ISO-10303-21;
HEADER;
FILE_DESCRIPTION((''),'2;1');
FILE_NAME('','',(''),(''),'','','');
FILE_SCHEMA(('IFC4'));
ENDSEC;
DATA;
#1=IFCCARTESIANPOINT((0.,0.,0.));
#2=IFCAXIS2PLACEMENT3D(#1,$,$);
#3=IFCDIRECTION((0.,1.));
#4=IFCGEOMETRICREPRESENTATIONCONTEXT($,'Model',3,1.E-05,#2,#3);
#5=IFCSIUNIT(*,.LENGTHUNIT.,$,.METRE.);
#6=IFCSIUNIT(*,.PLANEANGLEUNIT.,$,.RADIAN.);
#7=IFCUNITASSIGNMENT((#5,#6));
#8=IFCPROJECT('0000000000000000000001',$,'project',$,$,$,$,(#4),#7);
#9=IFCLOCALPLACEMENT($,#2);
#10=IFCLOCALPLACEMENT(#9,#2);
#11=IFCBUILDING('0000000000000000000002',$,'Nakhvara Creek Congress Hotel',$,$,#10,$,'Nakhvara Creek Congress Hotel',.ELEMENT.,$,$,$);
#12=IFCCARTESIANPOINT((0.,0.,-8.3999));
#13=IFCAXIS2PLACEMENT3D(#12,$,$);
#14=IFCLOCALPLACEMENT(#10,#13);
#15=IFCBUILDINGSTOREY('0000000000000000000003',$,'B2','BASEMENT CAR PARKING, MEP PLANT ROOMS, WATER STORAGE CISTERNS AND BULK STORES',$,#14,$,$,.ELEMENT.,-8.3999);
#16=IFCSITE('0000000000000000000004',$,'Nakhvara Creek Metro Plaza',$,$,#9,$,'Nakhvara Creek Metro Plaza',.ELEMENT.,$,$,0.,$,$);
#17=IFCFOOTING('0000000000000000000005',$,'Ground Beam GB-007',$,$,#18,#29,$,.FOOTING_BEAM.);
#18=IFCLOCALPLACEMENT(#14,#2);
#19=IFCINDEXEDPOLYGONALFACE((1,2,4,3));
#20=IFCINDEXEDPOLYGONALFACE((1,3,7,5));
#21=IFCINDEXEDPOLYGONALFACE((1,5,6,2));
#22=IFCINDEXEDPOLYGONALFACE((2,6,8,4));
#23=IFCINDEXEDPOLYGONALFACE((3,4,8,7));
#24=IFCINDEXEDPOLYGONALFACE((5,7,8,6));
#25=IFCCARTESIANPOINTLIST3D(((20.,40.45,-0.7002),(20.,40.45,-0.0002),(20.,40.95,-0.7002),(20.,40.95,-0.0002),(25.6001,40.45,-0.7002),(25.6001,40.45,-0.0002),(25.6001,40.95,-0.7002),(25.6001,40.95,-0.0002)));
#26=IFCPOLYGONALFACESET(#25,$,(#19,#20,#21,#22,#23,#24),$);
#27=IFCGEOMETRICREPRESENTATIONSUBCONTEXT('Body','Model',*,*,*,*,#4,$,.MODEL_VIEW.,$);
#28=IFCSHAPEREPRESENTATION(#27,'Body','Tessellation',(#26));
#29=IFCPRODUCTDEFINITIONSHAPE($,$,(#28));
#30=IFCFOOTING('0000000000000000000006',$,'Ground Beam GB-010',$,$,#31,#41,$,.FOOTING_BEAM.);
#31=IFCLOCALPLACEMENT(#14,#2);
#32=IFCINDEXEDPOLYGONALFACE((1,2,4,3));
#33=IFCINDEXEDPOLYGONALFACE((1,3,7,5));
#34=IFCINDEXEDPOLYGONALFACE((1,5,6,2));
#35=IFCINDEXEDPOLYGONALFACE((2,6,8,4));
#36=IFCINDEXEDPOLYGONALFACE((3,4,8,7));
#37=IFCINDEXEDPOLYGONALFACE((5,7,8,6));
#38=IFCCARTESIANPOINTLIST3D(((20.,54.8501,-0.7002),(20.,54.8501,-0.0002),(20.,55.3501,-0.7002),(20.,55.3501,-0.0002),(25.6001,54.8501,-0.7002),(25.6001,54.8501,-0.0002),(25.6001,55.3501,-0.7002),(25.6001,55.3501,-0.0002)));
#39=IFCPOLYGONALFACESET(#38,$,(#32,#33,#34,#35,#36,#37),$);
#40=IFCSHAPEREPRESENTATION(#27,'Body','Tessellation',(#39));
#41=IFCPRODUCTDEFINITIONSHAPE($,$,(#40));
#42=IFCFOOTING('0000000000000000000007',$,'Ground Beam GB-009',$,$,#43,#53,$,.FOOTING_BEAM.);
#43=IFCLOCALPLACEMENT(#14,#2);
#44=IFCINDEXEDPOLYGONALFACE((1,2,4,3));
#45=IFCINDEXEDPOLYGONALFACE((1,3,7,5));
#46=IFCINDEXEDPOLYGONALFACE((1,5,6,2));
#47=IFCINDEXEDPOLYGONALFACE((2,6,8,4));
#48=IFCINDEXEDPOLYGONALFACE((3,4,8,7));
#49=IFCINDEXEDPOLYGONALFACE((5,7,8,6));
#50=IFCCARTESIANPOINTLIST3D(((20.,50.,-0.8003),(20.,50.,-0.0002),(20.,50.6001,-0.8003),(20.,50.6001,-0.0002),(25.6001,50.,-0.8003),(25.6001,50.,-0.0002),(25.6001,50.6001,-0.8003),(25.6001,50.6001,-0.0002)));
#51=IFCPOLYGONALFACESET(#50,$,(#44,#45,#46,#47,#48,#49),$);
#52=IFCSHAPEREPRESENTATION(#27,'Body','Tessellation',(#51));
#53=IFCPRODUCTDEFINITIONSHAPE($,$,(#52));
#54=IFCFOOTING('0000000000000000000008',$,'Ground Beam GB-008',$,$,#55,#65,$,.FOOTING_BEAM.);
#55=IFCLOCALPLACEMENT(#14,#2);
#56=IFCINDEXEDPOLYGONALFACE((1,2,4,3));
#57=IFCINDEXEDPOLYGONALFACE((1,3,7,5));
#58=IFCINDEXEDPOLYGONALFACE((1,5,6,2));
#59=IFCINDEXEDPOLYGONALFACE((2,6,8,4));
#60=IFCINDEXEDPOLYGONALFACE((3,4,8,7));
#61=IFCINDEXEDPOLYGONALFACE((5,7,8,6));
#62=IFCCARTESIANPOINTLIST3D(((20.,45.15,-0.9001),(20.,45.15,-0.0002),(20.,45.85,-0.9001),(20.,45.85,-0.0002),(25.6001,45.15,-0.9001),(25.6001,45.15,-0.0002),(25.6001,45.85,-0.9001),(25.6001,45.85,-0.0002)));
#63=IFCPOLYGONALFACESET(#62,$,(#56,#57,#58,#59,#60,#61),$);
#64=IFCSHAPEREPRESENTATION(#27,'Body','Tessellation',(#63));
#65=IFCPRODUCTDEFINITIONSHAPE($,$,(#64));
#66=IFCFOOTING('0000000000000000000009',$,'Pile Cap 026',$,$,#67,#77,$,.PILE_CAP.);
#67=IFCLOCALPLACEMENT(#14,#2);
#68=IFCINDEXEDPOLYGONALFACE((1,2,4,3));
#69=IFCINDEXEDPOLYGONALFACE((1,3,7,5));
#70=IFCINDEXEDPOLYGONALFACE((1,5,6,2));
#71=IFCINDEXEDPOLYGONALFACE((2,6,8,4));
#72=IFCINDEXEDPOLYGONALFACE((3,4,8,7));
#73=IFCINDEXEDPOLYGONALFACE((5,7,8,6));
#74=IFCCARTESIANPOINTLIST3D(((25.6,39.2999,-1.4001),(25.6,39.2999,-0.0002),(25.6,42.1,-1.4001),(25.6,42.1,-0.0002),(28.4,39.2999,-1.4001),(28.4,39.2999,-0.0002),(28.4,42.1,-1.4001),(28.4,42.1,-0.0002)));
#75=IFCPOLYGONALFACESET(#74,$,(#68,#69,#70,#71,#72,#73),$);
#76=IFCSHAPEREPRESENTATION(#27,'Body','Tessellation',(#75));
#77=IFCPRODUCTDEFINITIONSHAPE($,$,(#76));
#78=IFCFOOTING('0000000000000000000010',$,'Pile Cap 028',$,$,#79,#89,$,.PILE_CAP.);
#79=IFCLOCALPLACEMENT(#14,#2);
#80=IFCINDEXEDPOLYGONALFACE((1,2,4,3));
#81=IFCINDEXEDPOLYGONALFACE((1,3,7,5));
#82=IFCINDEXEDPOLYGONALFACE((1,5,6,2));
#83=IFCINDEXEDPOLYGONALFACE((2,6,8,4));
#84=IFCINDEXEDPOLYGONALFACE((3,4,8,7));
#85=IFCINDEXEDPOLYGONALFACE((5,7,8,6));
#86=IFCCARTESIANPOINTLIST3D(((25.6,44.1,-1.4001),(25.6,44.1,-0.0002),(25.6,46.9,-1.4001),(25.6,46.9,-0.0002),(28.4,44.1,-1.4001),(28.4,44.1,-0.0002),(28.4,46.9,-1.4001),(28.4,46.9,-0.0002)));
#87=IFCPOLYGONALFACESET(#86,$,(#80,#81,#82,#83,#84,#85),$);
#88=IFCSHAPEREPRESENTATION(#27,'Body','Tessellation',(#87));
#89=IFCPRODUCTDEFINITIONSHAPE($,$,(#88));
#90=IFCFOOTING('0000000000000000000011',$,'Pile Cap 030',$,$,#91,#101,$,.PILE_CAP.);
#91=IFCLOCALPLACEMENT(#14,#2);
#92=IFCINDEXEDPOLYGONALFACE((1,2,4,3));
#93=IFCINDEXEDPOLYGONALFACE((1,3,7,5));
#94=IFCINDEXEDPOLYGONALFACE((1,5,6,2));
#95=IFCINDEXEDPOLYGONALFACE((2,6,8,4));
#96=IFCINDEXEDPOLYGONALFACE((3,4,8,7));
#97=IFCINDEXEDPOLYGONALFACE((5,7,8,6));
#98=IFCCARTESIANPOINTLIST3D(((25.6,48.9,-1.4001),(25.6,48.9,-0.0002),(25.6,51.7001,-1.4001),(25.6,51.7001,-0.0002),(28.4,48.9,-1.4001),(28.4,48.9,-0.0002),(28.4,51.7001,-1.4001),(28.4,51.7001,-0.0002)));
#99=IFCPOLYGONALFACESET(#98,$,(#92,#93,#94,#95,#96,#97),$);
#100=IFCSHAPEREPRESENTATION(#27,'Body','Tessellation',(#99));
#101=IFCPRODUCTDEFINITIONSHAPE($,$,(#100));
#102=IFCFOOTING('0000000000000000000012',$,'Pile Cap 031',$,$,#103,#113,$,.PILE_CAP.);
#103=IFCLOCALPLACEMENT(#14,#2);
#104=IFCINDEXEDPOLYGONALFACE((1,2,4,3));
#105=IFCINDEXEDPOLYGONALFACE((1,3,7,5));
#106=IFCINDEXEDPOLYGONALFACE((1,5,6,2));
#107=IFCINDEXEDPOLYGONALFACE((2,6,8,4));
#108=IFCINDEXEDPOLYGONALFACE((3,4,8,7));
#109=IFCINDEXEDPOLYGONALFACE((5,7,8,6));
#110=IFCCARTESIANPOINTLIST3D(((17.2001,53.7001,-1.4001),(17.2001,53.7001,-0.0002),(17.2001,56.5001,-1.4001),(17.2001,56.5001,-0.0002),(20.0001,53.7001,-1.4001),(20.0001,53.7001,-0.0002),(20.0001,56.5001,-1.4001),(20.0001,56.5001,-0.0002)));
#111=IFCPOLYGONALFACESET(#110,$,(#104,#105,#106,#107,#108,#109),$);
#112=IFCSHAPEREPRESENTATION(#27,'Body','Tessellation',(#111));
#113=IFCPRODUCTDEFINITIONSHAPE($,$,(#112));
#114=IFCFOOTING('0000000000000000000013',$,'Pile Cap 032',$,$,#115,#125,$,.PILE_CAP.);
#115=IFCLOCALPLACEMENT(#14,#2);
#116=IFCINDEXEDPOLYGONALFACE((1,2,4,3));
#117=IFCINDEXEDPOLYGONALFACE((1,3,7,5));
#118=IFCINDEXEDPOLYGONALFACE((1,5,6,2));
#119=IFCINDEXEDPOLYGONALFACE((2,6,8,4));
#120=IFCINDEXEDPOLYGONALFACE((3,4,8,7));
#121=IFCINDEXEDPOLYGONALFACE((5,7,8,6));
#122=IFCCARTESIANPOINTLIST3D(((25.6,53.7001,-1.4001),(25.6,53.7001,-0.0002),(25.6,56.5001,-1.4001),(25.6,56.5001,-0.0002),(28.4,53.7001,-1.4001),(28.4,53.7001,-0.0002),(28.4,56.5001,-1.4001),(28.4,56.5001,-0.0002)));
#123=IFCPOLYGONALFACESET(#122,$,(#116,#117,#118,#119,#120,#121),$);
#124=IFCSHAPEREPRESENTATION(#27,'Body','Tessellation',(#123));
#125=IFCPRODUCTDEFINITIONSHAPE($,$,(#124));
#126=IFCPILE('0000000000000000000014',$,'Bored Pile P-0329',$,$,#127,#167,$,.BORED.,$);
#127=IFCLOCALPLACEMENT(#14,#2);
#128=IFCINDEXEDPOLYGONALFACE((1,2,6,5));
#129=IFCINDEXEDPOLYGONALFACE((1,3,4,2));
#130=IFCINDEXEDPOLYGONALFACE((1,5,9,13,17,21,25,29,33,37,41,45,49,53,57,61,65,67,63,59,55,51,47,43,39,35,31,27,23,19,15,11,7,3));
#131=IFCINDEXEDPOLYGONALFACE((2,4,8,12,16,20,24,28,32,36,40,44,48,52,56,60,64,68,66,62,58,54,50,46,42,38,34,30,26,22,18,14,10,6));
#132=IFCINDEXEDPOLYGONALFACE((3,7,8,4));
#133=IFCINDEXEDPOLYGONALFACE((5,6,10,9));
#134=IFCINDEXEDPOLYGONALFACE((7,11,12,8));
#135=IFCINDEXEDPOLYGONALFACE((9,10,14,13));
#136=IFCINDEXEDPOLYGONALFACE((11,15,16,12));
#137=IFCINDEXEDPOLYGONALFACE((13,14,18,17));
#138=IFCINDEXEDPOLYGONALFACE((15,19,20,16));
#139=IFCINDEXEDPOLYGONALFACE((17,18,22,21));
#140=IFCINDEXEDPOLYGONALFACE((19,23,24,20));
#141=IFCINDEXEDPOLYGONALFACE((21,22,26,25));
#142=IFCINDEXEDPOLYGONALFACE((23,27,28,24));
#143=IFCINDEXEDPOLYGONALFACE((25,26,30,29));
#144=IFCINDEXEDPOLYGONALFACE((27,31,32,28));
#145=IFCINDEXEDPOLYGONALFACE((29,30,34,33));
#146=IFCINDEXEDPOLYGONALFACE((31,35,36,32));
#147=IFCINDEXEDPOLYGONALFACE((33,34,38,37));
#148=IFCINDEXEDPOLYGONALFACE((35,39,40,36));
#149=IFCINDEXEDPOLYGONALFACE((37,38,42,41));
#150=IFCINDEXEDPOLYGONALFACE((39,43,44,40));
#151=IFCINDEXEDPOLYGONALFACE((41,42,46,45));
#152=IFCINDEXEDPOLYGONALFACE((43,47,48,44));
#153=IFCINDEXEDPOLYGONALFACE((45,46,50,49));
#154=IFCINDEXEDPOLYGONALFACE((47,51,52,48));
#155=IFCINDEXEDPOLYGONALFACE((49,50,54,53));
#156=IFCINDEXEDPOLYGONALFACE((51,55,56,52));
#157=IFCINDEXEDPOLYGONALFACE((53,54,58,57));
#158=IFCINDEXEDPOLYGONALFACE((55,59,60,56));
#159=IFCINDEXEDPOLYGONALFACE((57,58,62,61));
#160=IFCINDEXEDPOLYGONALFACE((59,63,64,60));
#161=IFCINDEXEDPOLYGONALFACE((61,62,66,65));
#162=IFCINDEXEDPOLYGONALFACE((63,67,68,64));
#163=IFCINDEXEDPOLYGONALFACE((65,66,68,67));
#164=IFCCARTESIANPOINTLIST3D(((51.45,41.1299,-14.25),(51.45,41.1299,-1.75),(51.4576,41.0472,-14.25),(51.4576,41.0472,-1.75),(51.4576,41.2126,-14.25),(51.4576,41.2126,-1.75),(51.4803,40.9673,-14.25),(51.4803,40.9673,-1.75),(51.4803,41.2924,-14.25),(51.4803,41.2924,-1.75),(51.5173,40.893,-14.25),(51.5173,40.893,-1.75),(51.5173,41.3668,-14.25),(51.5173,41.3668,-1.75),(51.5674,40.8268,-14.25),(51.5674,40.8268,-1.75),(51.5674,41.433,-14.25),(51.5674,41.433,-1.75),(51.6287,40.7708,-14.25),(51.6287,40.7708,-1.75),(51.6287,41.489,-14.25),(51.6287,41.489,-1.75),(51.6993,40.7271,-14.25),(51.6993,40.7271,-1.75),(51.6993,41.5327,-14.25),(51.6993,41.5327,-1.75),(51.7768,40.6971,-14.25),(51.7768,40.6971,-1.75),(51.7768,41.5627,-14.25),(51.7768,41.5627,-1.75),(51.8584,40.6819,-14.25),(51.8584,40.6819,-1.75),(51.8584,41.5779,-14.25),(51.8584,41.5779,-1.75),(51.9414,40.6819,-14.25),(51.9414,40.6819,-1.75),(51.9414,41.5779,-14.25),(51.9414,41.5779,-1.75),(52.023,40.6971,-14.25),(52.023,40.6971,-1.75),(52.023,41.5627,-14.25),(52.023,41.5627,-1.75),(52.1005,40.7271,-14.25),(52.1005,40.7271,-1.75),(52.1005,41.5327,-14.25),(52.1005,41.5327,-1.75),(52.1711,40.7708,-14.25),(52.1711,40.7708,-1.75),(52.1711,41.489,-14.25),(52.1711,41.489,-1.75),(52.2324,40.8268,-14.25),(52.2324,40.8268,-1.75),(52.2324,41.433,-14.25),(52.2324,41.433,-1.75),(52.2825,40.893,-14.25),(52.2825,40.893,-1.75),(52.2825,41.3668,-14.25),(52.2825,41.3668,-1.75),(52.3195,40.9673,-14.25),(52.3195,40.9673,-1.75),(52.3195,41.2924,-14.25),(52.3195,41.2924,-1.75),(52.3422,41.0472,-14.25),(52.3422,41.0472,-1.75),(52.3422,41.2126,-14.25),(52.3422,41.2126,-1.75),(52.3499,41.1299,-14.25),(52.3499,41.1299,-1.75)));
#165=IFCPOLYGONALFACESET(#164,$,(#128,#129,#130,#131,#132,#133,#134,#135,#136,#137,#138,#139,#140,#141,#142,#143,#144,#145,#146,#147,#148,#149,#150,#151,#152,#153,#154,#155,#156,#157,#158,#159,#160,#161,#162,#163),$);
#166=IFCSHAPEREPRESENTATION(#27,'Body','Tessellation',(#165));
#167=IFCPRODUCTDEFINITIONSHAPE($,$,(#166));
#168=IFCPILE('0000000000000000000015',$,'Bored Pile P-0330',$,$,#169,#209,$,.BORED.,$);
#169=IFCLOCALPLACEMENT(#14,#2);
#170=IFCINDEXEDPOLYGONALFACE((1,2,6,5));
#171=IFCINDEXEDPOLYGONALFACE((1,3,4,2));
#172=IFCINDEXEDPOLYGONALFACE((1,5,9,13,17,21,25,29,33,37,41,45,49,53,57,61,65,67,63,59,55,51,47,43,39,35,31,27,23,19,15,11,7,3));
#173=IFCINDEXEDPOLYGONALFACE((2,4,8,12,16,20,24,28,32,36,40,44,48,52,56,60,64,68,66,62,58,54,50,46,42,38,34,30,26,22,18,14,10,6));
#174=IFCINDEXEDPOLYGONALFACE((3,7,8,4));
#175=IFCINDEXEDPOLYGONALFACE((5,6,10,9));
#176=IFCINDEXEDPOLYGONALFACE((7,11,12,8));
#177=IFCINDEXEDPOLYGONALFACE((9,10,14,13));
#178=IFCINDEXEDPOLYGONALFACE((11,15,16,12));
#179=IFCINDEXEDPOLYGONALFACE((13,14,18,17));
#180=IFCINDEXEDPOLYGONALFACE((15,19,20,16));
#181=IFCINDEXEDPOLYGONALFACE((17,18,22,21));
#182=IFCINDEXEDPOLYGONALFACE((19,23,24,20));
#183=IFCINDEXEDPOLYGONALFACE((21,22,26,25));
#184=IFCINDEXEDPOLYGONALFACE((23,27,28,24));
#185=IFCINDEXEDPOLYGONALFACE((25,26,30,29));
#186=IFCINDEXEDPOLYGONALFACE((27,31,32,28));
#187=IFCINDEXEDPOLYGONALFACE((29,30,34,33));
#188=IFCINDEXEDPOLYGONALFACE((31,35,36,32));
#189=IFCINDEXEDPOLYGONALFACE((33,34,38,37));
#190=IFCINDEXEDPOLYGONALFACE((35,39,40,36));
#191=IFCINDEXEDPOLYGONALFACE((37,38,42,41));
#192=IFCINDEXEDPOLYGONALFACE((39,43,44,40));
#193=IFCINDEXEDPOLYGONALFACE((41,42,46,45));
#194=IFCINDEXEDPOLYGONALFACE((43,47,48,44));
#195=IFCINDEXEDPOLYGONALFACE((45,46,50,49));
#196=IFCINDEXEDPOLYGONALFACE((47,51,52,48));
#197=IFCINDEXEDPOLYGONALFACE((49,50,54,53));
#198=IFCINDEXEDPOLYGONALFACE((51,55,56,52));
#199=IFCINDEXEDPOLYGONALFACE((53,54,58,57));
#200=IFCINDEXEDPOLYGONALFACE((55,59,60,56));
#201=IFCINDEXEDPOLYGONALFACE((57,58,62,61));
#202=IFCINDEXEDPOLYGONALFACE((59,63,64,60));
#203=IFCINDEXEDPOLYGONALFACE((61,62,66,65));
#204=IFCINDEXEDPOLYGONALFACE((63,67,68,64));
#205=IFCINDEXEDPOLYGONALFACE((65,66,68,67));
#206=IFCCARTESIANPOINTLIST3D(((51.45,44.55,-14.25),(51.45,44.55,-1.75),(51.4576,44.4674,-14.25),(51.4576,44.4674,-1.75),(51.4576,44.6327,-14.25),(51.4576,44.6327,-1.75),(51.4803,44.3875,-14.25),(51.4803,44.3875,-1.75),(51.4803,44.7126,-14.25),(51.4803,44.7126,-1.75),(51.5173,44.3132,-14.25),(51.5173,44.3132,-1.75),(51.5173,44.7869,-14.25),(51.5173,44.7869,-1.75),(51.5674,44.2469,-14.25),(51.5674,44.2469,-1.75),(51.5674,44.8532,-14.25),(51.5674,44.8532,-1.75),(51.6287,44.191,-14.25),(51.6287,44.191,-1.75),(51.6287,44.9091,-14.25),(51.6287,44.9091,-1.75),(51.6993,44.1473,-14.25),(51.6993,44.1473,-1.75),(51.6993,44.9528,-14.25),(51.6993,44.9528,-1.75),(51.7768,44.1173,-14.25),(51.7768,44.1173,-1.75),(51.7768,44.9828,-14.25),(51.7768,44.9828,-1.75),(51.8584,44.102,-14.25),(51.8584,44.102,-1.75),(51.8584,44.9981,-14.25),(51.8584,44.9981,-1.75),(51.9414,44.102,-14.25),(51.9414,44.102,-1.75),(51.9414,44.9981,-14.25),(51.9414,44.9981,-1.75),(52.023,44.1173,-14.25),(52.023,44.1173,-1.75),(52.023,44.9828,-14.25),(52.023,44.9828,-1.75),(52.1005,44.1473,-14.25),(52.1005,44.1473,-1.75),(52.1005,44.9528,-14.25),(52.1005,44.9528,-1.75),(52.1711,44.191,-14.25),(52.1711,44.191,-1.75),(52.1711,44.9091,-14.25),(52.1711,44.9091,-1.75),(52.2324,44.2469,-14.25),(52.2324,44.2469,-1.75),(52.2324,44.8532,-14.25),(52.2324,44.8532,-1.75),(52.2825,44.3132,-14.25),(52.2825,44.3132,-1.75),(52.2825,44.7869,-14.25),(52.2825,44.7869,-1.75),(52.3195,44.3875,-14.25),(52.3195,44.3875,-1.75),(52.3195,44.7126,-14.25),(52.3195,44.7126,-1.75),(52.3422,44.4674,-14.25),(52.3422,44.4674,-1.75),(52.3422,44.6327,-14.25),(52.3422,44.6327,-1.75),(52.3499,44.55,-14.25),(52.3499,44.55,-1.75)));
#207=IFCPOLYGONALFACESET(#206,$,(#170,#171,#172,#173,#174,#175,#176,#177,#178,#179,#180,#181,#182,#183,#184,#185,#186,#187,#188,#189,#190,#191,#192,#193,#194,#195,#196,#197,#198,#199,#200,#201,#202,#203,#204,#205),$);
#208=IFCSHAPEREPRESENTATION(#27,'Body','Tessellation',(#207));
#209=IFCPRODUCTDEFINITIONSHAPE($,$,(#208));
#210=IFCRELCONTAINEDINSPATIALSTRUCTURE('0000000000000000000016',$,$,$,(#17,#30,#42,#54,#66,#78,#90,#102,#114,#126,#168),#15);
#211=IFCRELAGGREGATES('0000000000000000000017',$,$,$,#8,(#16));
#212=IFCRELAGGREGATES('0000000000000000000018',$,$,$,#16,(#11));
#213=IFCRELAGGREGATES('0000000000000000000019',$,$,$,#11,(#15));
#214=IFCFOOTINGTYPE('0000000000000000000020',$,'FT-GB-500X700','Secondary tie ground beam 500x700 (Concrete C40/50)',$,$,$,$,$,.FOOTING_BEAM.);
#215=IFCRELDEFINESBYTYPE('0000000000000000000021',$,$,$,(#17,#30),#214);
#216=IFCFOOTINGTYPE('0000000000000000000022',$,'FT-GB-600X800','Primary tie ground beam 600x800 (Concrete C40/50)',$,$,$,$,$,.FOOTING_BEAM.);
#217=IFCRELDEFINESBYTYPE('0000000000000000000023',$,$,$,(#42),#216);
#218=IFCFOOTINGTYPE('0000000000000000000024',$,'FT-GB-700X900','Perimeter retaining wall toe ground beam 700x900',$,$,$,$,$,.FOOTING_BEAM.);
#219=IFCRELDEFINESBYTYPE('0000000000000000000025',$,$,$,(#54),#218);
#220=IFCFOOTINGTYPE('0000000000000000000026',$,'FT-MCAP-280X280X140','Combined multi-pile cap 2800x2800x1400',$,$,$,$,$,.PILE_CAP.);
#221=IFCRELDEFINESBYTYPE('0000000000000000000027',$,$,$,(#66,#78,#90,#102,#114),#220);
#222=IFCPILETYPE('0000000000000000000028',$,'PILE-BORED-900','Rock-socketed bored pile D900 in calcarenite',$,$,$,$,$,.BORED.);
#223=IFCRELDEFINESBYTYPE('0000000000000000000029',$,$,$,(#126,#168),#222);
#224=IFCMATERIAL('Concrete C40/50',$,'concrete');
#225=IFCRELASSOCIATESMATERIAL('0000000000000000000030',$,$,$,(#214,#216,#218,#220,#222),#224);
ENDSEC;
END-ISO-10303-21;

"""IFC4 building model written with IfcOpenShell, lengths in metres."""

from ifc_helpers import new_model, si_unit, direction, frame, origin, origin_2d, place, context, subcontext, project, spatial, rectangle, circle, extrude, material, material_profile, profile_set, type_object, element, save


model = new_model("IFC4")

# Units and contexts
model_context = context("Model", 3, precision=1e-05, world=origin(), true_north=direction((0.0, 1.0)))
body_context = subcontext(model_context, "Body", "Model", "MODEL_VIEW")
ifc_project = project(units=[si_unit("LENGTHUNIT", "METRE"), si_unit("PLANEANGLEUNIT", "RADIAN")], contexts=[model_context])

# Site, building, storey
site_placement = place(None, origin())
site = spatial("IfcSite", under=ifc_project, at=site_placement, Name="Nakhvara Creek Metro Plaza", LongName="Nakhvara Creek Metro Plaza", CompositionType="ELEMENT", RefElevation=0.0)
building_placement = place(site_placement, origin())
building = spatial("IfcBuilding", under=site, at=building_placement, Name="Nakhvara Creek Congress Hotel", LongName="Nakhvara Creek Congress Hotel", CompositionType="ELEMENT")
storey_placement = place(building_placement, frame((0.0, 0.0, -8.3999)))
storey = spatial("IfcBuildingStorey", under=building, at=storey_placement, Name="B2", Description="BASEMENT CAR PARKING, MEP PLANT ROOMS, WATER STORAGE CISTERNS AND BULK STORES", CompositionType="ELEMENT", Elevation=-8.3999)

# Footings
ifc_material_1 = material(Name="Concrete C40/50", Category="concrete")
footing_type_1 = type_object("IfcFootingType", Name="FT-GB-500X700", Description="Secondary tie ground beam 500x700 (Concrete C40/50)", PredefinedType="FOOTING_BEAM", material=ifc_material_1)
for number, where, z_axis, x_axis, name in (
    (1, (22.8, 40.7, -0.7002), (0.0, 0.0, 1.0), (1.0, 0.0, 0.0), "Ground Beam GB-007"),
    (2, (22.8, 55.1001, -0.7002), (0.0, 0.0, 1.0), (1.0, 0.0, 0.0), "Ground Beam GB-010"),
):
    element("IfcFooting", number, at=place(storey_placement, frame(where, z_axis=z_axis, x_axis=x_axis)), inside=storey, type_object=footing_type_1, Name=name, PredefinedType="FOOTING_BEAM", context=body_context, shape_type="SweptSolid", body=[
        extrude(rectangle(XDim=5.6001, YDim=0.5, at=origin_2d()), origin(), (0.0, 0.0, 1.0), 0.7),
    ])
footing_type_2 = type_object("IfcFootingType", Name="FT-GB-600X800", Description="Primary tie ground beam 600x800 (Concrete C40/50)", PredefinedType="FOOTING_BEAM", material=ifc_material_1)
footing_1_placement = place(storey_placement, frame((22.8, 50.3, -0.8003), z_axis=(0.0, 0.0, 1.0), x_axis=(1.0, 0.0, 0.0)))
element("IfcFooting", 3, at=footing_1_placement, inside=storey, type_object=footing_type_2, Name="Ground Beam GB-009", PredefinedType="FOOTING_BEAM", context=body_context, shape_type="SweptSolid", body=[
    extrude(rectangle(XDim=5.6001, YDim=0.6001, at=origin_2d()), origin(), (0.0, 0.0, 1.0), 0.8),
])
footing_type_3 = type_object("IfcFootingType", Name="FT-GB-700X900", Description="Perimeter retaining wall toe ground beam 700x900", PredefinedType="FOOTING_BEAM", material=ifc_material_1)
footing_2_placement = place(storey_placement, frame((22.8, 45.5, -0.9001), z_axis=(0.0, 0.0, 1.0), x_axis=(1.0, 0.0, 0.0)))
element("IfcFooting", 4, at=footing_2_placement, inside=storey, type_object=footing_type_3, Name="Ground Beam GB-008", PredefinedType="FOOTING_BEAM", context=body_context, shape_type="SweptSolid", body=[
    extrude(rectangle(XDim=5.6001, YDim=0.7, at=origin_2d()), origin(), (0.0, 0.0, 1.0), 0.8999),
])
footing_type_4 = type_object("IfcFootingType", Name="FT-MCAP-280X280X140", Description="Combined multi-pile cap 2800x2800x1400", PredefinedType="PILE_CAP", material=ifc_material_1)
for number, where, z_axis, x_axis, name in (
    (5, (27.0, 40.7, -1.4001), (0.0, 0.0, 1.0), (1.0, 0.0, 0.0), "Pile Cap 026"),
    (6, (27.0, 45.5, -1.4001), (0.0, 0.0, 1.0), (1.0, 0.0, 0.0), "Pile Cap 028"),
    (7, (27.0, 50.3, -1.4001), (0.0, 0.0, 1.0), (1.0, 0.0, 0.0), "Pile Cap 030"),
    (8, (18.6001, 55.1001, -1.4001), (0.0, 0.0, 1.0), (1.0, 0.0, 0.0), "Pile Cap 031"),
    (9, (27.0, 55.1001, -1.4001), (0.0, 0.0, 1.0), (1.0, 0.0, 0.0), "Pile Cap 032"),
):
    element("IfcFooting", number, at=place(storey_placement, frame(where, z_axis=z_axis, x_axis=x_axis)), inside=storey, type_object=footing_type_4, Name=name, PredefinedType="PILE_CAP", context=body_context, shape_type="SweptSolid", body=[
        extrude(rectangle(XDim=2.8, YDim=2.8, at=origin_2d()), origin(), (0.0, 0.0, 1.0), 1.3999),
    ])

# Piles
ifc_material_profile_1 = material_profile(ifc_material_1, circle(Radius=0.45, at=origin_2d()), Name="BORED PILE D900", Category="LoadBearing")
ifc_profile_set_1 = profile_set([ifc_material_profile_1], Name="Concrete C40/50")
pile_type = type_object("IfcPileType", Name="PILE-BORED-900", Description="Rock-socketed bored pile D900 in calcarenite", PredefinedType="BORED", material=ifc_profile_set_1)
for number, where, z_axis, x_axis, name in (
    (10, (51.8999, 41.1299, -1.75), (0.0, 0.0, -1.0), (1.0, 0.0, 0.0), "Bored Pile P-0329"),
    (11, (51.8999, 44.55, -1.75), (0.0, 0.0, -1.0), (1.0, 0.0, 0.0), "Bored Pile P-0330"),
):
    element("IfcPile", number, at=place(storey_placement, frame(where, z_axis=z_axis, x_axis=x_axis)), inside=storey, type_object=pile_type, Name=name, PredefinedType="BORED", context=body_context, shape_type="SweptSolid", body=[
        extrude(circle(Radius=0.45, at=origin_2d()), origin(), (0.0, 0.0, 1.0), 12.5),
    ])

save(model, "model.ifc")
